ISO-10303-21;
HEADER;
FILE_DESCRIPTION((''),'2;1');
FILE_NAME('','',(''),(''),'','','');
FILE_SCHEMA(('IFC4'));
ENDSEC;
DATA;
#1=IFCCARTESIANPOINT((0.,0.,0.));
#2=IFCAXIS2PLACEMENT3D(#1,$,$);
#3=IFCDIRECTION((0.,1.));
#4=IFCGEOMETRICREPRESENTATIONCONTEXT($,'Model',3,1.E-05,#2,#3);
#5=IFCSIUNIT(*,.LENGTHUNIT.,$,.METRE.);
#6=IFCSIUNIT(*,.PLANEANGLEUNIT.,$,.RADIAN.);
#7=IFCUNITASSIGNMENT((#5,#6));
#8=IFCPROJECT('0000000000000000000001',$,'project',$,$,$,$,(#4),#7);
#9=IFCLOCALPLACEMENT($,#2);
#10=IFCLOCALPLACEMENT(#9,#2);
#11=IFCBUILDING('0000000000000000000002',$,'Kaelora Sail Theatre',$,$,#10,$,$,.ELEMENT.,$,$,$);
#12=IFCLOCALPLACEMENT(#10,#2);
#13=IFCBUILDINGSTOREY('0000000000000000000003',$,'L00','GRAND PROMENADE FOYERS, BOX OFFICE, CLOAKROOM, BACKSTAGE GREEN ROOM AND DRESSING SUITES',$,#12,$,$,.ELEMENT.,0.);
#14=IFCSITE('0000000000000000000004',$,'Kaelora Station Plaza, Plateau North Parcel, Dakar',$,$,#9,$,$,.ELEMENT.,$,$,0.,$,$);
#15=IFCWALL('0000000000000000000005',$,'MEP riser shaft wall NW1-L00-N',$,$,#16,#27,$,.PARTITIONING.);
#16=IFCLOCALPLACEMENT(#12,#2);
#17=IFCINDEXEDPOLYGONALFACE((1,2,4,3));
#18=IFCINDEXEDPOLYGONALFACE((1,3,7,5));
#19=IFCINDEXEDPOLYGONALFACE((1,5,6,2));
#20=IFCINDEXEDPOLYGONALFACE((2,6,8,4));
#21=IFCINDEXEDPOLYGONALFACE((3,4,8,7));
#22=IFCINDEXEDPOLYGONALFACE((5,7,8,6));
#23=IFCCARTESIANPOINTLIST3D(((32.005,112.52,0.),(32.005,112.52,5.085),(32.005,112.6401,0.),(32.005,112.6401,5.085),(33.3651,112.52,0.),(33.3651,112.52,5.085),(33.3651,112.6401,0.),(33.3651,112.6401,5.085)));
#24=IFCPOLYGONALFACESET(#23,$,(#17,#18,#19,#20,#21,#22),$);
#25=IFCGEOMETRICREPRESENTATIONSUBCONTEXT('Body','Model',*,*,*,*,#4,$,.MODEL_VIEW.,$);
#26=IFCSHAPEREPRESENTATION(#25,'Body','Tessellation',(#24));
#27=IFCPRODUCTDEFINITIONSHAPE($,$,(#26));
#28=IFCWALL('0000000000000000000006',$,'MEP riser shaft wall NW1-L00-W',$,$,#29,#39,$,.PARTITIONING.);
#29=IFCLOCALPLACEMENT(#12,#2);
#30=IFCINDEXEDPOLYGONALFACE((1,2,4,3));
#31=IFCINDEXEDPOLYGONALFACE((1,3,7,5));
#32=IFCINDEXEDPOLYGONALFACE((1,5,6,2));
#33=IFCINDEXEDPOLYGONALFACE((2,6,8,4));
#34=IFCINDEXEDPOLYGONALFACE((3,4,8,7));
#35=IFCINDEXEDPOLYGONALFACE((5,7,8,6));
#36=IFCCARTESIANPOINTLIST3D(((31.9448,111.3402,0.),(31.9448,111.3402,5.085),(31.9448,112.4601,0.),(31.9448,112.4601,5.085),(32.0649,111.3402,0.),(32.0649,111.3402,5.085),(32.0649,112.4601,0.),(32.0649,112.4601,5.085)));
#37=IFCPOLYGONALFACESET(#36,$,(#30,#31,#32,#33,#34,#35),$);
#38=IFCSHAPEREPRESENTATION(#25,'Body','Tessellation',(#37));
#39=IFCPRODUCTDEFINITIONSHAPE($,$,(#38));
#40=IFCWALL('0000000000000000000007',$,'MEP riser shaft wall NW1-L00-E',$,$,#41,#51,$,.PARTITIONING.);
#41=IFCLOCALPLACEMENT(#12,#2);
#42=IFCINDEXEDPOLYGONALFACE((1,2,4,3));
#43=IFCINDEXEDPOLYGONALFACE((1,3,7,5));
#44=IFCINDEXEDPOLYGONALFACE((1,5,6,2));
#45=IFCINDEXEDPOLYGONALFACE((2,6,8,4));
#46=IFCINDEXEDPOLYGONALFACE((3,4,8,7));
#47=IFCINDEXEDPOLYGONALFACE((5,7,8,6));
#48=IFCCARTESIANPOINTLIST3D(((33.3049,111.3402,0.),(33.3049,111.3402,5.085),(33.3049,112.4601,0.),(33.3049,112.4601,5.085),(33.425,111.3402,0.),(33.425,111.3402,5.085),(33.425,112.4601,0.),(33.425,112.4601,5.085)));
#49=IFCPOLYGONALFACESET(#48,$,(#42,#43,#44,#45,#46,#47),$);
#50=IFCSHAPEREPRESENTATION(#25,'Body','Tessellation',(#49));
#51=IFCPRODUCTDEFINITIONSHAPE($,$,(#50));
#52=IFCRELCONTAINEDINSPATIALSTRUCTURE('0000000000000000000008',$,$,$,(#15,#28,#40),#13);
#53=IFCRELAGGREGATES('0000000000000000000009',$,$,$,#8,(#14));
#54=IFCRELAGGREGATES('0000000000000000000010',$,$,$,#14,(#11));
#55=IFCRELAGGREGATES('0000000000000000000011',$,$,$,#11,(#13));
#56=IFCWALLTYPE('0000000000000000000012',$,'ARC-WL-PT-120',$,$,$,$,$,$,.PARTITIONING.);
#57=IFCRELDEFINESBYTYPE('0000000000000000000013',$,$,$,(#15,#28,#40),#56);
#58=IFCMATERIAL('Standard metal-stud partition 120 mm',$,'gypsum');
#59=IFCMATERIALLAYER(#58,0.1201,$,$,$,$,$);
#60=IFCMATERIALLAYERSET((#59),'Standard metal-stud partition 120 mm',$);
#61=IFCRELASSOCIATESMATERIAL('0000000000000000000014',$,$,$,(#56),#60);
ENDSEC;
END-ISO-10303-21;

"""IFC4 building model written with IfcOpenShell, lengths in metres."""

from ifc_helpers import new_model, si_unit, direction, frame, frame_2d, origin, place, context, subcontext, project, spatial, rectangle, extrude, material, layer, layer_set, type_object, element, save


model = new_model("IFC4")

# Units and contexts
model_context = context("Model", 3, precision=1e-05, world=origin(), true_north=direction((0.0, 1.0)))
body_context = subcontext(model_context, "Body", "Model", "MODEL_VIEW")
ifc_project = project(units=[si_unit("LENGTHUNIT", "METRE"), si_unit("PLANEANGLEUNIT", "RADIAN")], contexts=[model_context])

# Site, building, storey
site_placement = place(None, origin())
site = spatial("IfcSite", under=ifc_project, at=site_placement, Name="Kaelora Station Plaza, Plateau North Parcel, Dakar", CompositionType="ELEMENT", RefElevation=0.0)
building_placement = place(site_placement, origin())
building = spatial("IfcBuilding", under=site, at=building_placement, Name="Kaelora Sail Theatre", CompositionType="ELEMENT")
storey_placement = place(building_placement, origin())
storey = spatial("IfcBuildingStorey", under=building, at=storey_placement, Name="L00", Description="GRAND PROMENADE FOYERS, BOX OFFICE, CLOAKROOM, BACKSTAGE GREEN ROOM AND DRESSING SUITES", CompositionType="ELEMENT", Elevation=0.0)

# Walls
ifc_material_1 = material(Name="Standard metal-stud partition 120 mm", Category="gypsum")
ifc_layer_1 = layer(ifc_material_1, 0.1201)
ifc_layer_set_1 = layer_set([ifc_layer_1], Name="Standard metal-stud partition 120 mm")
wall_type_1 = type_object("IfcWallType", Name="ARC-WL-PT-120", PredefinedType="PARTITIONING", material=ifc_layer_set_1)
for number, where, z_axis, x_axis, name in (
    (1, (32.0049, 112.5801, 0.0), (0.0, 0.0, 1.0), (1.0, 0.0, 0.0), "MEP riser shaft wall NW1-L00-N"),
):
    element("IfcWall", number, at=place(storey_placement, frame(where, z_axis=z_axis, x_axis=x_axis)), inside=storey, type_object=wall_type_1, Name=name, PredefinedType="PARTITIONING", context=body_context, shape_type="SweptSolid", body=[
        extrude(rectangle(XDim=1.3601, YDim=0.1201, at=frame_2d((0.6802, 0.0))), origin(), (0.0, 0.0, 1.0), 5.085),
    ])
for number, where, z_axis, x_axis, name in (
    (2, (32.0049, 111.3401, 0.0), (0.0, 0.0, 1.0), (0.0, 1.0, 0.0), "MEP riser shaft wall NW1-L00-W"),
    (3, (33.365, 111.3401, 0.0), (0.0, 0.0, 1.0), (0.0, 1.0, 0.0), "MEP riser shaft wall NW1-L00-E"),
):
    element("IfcWall", number, at=place(storey_placement, frame(where, z_axis=z_axis, x_axis=x_axis)), inside=storey, type_object=wall_type_1, Name=name, PredefinedType="PARTITIONING", context=body_context, shape_type="SweptSolid", body=[
        extrude(rectangle(XDim=1.1199, YDim=0.1201, at=frame_2d((0.5601, 0.0))), origin(), (0.0, 0.0, 1.0), 5.085),
    ])

save(model, "model.ifc")
